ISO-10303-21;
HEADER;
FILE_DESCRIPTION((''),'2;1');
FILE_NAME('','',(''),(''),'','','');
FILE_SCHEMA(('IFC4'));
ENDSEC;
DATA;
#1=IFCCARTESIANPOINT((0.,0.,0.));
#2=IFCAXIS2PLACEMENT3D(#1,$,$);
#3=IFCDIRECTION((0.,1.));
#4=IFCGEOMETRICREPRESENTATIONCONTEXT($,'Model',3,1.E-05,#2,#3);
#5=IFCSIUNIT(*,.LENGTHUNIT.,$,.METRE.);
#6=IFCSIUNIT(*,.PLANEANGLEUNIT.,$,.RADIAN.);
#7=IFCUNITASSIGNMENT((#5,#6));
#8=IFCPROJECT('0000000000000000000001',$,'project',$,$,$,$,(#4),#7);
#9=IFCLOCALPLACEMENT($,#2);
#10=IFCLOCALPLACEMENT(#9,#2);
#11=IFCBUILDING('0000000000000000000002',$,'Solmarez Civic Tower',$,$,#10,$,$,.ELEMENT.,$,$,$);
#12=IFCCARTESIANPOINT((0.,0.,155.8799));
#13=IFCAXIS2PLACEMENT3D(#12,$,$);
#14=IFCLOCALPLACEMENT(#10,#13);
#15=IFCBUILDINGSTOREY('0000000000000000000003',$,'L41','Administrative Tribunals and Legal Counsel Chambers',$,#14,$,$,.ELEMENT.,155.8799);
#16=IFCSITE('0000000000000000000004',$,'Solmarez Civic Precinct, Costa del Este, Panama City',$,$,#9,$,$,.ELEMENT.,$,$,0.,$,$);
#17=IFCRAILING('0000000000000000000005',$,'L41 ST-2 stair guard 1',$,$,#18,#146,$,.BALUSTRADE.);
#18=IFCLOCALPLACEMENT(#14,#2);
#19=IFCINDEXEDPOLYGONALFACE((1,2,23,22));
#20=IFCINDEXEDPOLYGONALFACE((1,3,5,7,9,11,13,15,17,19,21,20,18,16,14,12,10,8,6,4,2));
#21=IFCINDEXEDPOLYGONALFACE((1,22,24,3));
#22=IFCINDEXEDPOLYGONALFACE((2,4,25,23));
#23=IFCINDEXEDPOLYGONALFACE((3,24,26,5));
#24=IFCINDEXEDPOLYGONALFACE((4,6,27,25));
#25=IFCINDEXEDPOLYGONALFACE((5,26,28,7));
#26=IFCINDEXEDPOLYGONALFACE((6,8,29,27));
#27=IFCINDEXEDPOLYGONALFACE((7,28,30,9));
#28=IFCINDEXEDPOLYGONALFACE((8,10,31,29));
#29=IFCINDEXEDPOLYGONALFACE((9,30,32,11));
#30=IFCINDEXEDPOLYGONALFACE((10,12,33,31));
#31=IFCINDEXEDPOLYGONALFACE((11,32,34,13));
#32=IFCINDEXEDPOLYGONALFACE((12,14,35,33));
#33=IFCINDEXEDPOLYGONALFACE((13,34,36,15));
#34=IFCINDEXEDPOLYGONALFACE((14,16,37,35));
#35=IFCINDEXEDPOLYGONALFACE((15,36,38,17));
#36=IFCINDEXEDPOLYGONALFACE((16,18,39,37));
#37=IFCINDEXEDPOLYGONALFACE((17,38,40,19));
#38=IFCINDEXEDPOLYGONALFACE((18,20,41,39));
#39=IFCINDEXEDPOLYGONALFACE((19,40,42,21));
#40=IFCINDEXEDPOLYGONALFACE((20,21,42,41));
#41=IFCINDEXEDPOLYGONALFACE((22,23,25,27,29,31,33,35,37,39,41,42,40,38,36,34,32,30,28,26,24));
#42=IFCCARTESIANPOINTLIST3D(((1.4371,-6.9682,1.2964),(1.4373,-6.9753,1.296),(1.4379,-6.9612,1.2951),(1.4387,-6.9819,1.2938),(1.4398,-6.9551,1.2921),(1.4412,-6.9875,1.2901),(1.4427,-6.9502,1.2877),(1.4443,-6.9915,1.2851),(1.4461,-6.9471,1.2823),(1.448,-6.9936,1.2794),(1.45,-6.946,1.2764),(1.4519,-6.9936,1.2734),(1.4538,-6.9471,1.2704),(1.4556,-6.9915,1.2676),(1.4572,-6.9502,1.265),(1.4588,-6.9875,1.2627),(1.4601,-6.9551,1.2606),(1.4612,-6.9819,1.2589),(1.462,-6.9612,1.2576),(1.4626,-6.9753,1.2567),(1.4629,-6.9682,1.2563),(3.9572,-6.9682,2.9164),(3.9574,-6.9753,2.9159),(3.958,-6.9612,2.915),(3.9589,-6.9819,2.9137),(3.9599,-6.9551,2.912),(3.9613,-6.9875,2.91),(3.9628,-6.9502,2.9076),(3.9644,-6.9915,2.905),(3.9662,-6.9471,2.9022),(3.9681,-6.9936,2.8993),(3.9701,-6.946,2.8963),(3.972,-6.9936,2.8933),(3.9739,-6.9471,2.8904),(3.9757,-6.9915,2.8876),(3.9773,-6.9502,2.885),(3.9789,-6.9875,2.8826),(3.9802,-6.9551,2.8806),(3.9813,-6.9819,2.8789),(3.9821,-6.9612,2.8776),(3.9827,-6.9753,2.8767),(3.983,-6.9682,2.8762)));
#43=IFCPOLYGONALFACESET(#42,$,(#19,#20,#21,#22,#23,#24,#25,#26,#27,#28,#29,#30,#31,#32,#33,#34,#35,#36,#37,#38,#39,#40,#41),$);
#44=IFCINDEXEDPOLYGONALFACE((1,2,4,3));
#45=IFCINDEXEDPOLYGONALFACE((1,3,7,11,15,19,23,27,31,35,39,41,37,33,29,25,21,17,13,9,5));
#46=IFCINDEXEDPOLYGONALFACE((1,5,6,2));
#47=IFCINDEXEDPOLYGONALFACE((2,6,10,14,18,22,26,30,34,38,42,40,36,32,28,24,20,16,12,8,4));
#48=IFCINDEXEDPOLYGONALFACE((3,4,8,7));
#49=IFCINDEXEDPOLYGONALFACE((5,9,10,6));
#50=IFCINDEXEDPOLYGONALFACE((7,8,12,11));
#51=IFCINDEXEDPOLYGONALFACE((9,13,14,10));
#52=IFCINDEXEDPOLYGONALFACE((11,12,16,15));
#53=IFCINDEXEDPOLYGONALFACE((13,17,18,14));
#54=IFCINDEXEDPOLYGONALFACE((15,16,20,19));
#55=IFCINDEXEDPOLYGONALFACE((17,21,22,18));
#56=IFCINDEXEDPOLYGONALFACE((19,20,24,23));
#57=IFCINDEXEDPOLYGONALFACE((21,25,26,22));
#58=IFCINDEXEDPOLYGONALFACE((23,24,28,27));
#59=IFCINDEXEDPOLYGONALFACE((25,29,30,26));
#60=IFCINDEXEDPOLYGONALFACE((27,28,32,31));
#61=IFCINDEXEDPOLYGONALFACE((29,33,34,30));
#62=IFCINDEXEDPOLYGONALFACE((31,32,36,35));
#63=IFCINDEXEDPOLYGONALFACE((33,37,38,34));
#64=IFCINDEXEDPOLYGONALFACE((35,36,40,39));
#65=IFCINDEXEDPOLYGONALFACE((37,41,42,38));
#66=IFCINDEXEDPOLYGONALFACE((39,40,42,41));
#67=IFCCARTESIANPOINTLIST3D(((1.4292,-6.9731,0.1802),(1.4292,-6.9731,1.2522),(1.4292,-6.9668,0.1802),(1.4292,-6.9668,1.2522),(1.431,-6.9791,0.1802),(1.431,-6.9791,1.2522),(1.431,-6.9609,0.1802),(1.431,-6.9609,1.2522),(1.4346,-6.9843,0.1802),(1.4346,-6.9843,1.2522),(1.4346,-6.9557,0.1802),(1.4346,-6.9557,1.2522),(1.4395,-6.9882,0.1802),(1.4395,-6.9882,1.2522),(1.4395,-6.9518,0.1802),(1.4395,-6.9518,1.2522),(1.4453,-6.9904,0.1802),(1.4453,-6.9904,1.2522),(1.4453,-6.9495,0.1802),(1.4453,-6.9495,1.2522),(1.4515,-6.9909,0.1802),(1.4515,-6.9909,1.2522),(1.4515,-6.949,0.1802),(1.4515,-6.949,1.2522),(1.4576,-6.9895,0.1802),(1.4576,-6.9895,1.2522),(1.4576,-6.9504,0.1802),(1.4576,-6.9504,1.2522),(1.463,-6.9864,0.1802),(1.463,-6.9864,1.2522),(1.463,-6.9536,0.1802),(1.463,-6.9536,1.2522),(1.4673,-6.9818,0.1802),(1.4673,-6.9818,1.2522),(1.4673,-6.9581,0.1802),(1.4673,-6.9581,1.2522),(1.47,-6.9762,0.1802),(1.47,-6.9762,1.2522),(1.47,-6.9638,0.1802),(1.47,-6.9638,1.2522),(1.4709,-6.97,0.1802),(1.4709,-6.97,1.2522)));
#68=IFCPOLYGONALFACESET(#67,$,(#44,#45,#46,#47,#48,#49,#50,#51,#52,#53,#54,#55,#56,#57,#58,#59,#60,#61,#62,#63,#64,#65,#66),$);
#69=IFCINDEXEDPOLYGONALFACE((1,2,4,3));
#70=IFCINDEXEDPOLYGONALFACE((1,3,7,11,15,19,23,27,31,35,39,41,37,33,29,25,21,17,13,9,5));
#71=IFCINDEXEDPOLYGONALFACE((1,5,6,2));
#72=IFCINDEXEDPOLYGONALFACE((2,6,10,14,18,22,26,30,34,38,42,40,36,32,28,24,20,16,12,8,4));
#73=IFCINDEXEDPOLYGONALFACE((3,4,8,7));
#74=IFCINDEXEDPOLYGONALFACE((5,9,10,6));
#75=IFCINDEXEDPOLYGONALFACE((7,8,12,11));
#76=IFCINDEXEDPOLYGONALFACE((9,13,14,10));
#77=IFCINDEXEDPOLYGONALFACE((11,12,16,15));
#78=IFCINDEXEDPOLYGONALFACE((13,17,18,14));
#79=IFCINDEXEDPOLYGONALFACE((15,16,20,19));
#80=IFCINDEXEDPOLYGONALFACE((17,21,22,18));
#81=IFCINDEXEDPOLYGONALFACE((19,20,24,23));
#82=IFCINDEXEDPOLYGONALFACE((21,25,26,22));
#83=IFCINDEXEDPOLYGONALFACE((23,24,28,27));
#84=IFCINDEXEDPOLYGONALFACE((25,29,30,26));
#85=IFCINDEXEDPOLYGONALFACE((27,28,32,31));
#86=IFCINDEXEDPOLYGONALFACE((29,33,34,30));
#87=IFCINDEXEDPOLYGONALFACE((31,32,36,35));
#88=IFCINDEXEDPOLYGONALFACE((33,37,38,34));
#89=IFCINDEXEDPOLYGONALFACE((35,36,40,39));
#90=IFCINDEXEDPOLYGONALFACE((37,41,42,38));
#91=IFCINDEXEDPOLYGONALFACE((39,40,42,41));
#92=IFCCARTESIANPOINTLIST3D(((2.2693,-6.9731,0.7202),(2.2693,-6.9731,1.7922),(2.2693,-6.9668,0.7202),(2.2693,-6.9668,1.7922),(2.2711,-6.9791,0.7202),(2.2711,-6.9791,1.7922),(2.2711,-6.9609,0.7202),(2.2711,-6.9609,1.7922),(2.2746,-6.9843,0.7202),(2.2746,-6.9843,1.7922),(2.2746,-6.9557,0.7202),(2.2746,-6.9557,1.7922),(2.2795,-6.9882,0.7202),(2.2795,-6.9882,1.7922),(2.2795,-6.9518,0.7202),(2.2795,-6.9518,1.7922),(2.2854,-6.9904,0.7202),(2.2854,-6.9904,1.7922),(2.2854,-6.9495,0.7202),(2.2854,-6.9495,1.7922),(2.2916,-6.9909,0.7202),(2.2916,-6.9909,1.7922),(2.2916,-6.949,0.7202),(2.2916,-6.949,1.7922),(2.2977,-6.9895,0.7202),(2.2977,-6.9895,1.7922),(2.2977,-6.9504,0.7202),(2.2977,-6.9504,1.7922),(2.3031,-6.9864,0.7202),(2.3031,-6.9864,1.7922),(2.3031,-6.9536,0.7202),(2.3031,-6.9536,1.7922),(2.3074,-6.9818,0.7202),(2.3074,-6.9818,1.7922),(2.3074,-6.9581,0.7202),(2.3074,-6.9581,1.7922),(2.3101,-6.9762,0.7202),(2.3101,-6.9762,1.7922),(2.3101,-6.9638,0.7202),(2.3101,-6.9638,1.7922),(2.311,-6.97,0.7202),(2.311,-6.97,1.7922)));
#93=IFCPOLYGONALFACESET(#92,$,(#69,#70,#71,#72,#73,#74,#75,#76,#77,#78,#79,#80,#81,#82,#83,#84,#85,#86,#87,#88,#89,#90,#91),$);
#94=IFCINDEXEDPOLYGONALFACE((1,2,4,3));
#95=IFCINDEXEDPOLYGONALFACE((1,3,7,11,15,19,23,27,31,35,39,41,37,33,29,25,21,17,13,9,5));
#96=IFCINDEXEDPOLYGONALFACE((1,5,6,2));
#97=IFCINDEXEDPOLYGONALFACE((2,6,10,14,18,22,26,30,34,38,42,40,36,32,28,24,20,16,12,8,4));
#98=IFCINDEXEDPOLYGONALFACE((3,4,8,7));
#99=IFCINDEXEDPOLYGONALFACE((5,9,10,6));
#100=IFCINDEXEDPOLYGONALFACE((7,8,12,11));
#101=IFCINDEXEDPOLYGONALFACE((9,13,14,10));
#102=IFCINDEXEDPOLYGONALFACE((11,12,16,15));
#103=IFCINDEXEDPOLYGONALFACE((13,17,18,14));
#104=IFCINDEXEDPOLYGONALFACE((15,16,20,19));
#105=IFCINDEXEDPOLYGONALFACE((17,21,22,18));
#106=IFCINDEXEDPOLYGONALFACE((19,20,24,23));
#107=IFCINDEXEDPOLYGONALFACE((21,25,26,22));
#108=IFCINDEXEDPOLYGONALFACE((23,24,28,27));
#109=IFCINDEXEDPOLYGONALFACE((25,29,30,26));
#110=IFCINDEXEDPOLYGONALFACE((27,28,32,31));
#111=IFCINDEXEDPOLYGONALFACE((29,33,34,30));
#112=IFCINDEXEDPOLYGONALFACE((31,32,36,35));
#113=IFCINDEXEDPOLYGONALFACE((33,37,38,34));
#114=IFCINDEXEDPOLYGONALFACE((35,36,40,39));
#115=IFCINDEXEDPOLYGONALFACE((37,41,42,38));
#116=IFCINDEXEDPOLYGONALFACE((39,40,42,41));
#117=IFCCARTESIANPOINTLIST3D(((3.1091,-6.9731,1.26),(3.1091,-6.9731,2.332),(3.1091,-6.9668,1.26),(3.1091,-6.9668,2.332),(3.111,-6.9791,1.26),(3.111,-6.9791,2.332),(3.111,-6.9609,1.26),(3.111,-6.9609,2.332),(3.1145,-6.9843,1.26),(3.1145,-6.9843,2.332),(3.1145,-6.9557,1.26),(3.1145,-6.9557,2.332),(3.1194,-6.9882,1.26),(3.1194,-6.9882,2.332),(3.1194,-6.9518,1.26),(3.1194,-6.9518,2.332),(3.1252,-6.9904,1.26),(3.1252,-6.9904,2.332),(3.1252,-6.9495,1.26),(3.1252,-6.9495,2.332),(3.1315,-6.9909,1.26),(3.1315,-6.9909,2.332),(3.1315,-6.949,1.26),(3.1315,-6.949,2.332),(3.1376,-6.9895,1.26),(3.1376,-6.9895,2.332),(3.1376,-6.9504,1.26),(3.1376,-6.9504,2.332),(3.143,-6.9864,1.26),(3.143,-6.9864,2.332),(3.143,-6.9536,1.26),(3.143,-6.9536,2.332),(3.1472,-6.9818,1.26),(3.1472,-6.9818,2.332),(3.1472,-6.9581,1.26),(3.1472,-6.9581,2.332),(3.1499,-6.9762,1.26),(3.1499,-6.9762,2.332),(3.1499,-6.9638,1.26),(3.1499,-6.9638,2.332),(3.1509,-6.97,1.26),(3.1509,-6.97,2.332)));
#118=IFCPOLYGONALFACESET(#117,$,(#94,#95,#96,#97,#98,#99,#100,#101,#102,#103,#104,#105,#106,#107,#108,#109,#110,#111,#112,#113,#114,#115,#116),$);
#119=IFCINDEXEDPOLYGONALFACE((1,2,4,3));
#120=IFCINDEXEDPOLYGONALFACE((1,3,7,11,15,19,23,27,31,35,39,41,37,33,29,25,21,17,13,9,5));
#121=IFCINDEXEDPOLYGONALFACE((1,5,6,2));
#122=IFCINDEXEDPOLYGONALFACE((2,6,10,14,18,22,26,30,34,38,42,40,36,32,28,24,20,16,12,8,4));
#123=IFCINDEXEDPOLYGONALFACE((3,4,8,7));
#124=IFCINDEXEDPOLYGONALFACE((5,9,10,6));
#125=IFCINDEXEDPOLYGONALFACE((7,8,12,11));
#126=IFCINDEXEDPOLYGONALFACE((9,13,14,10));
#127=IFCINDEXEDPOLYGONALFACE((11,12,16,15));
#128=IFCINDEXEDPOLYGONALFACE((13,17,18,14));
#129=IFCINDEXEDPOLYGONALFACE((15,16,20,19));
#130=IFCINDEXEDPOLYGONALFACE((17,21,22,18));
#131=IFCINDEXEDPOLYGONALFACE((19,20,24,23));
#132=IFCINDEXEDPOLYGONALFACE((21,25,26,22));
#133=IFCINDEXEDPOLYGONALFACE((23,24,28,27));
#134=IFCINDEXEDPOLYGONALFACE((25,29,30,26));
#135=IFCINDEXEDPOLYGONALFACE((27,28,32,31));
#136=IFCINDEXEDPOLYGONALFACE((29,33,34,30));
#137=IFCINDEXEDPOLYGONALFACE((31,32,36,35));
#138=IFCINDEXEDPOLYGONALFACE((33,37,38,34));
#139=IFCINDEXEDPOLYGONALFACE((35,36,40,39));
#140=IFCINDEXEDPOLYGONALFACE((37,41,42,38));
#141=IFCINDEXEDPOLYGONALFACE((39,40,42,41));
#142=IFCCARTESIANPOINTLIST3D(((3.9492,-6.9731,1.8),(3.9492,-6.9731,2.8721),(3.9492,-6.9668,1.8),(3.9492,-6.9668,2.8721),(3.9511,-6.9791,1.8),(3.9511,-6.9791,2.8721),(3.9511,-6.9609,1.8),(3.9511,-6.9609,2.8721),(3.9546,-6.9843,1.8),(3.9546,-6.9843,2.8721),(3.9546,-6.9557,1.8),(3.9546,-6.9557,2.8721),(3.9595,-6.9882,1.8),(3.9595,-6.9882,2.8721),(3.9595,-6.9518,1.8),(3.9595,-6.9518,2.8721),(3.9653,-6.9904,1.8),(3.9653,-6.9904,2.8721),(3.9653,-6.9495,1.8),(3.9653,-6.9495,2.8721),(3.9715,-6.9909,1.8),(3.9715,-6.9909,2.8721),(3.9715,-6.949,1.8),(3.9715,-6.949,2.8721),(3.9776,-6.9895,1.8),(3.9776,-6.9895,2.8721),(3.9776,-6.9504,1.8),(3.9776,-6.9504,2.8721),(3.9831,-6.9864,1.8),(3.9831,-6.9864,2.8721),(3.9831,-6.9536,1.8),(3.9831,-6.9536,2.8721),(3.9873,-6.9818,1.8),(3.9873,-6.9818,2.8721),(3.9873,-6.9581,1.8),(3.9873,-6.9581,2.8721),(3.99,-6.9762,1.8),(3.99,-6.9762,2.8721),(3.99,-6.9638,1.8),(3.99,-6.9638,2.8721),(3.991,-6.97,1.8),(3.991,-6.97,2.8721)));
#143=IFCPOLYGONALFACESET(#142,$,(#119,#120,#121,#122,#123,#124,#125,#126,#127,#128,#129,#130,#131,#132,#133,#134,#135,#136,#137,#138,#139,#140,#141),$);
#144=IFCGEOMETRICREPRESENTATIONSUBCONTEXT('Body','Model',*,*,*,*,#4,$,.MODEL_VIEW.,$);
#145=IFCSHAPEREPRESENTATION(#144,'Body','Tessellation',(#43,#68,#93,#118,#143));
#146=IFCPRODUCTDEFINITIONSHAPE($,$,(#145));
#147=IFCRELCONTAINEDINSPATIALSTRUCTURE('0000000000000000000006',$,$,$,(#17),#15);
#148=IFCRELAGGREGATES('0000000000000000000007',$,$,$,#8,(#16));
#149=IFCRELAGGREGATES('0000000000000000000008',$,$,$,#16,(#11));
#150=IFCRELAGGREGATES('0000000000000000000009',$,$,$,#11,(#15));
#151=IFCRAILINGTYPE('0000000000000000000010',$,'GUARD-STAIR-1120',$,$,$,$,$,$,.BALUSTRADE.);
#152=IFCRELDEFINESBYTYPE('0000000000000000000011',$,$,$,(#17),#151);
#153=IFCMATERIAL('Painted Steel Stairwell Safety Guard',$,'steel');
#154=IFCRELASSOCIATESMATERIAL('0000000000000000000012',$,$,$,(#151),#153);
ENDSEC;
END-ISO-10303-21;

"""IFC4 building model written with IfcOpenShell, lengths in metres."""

from ifc_helpers import new_model, si_unit, direction, frame, origin, origin_2d, place, context, subcontext, project, spatial, circle, extrude, material, type_object, element, save


model = new_model("IFC4")

# Units and contexts
model_context = context("Model", 3, precision=1e-05, world=origin(), true_north=direction((0.0, 1.0)))
body_context = subcontext(model_context, "Body", "Model", "MODEL_VIEW")
ifc_project = project(units=[si_unit("LENGTHUNIT", "METRE"), si_unit("PLANEANGLEUNIT", "RADIAN")], contexts=[model_context])

# Site, building, storey
site_placement = place(None, origin())
site = spatial("IfcSite", under=ifc_project, at=site_placement, Name="Solmarez Civic Precinct, Costa del Este, Panama City", CompositionType="ELEMENT", RefElevation=0.0)
building_placement = place(site_placement, origin())
building = spatial("IfcBuilding", under=site, at=building_placement, Name="Solmarez Civic Tower", CompositionType="ELEMENT")
storey_placement = place(building_placement, frame((0.0, 0.0, 155.8799)))
storey = spatial("IfcBuildingStorey", under=building, at=storey_placement, Name="L41", Description="Administrative Tribunals and Legal Counsel Chambers", CompositionType="ELEMENT", Elevation=155.8799)

# Railing
ifc_material_1 = material(Name="Painted Steel Stairwell Safety Guard", Category="steel")
railing_type_1 = type_object("IfcRailingType", Name="GUARD-STAIR-1120", PredefinedType="BALUSTRADE", material=ifc_material_1)
railing_1_placement = place(storey_placement, frame((1.45, -6.97, 0.1802)))
element("IfcRailing", 1, at=railing_1_placement, inside=storey, type_object=railing_type_1, Name="L41 ST-2 stair guard 1", PredefinedType="BALUSTRADE", context=body_context, shape_type="SweptSolid", body=[
    extrude(circle(Radius=0.0239, at=origin_2d()), frame((0.0, 0.0, 1.0962), z_axis=(0.8412, 0.0, 0.540725), x_axis=(0.0, 1.0, 0.0)), (0.0, 0.0, 1.0), 2.9958),
    extrude(circle(Radius=0.021, at=origin_2d()), origin(), (0.0, 0.0, 1.0), 1.072),
    extrude(circle(Radius=0.021, at=origin_2d()), frame((0.8401, 0.0, 0.54)), (0.0, 0.0, 1.0), 1.072),
    extrude(circle(Radius=0.021, at=origin_2d()), frame((1.6799, 0.0, 1.0798)), (0.0, 0.0, 1.0), 1.072),
    extrude(circle(Radius=0.021, at=origin_2d()), frame((2.52, 0.0, 1.6199)), (0.0, 0.0, 1.0), 1.072),
])

save(model, "model.ifc")
